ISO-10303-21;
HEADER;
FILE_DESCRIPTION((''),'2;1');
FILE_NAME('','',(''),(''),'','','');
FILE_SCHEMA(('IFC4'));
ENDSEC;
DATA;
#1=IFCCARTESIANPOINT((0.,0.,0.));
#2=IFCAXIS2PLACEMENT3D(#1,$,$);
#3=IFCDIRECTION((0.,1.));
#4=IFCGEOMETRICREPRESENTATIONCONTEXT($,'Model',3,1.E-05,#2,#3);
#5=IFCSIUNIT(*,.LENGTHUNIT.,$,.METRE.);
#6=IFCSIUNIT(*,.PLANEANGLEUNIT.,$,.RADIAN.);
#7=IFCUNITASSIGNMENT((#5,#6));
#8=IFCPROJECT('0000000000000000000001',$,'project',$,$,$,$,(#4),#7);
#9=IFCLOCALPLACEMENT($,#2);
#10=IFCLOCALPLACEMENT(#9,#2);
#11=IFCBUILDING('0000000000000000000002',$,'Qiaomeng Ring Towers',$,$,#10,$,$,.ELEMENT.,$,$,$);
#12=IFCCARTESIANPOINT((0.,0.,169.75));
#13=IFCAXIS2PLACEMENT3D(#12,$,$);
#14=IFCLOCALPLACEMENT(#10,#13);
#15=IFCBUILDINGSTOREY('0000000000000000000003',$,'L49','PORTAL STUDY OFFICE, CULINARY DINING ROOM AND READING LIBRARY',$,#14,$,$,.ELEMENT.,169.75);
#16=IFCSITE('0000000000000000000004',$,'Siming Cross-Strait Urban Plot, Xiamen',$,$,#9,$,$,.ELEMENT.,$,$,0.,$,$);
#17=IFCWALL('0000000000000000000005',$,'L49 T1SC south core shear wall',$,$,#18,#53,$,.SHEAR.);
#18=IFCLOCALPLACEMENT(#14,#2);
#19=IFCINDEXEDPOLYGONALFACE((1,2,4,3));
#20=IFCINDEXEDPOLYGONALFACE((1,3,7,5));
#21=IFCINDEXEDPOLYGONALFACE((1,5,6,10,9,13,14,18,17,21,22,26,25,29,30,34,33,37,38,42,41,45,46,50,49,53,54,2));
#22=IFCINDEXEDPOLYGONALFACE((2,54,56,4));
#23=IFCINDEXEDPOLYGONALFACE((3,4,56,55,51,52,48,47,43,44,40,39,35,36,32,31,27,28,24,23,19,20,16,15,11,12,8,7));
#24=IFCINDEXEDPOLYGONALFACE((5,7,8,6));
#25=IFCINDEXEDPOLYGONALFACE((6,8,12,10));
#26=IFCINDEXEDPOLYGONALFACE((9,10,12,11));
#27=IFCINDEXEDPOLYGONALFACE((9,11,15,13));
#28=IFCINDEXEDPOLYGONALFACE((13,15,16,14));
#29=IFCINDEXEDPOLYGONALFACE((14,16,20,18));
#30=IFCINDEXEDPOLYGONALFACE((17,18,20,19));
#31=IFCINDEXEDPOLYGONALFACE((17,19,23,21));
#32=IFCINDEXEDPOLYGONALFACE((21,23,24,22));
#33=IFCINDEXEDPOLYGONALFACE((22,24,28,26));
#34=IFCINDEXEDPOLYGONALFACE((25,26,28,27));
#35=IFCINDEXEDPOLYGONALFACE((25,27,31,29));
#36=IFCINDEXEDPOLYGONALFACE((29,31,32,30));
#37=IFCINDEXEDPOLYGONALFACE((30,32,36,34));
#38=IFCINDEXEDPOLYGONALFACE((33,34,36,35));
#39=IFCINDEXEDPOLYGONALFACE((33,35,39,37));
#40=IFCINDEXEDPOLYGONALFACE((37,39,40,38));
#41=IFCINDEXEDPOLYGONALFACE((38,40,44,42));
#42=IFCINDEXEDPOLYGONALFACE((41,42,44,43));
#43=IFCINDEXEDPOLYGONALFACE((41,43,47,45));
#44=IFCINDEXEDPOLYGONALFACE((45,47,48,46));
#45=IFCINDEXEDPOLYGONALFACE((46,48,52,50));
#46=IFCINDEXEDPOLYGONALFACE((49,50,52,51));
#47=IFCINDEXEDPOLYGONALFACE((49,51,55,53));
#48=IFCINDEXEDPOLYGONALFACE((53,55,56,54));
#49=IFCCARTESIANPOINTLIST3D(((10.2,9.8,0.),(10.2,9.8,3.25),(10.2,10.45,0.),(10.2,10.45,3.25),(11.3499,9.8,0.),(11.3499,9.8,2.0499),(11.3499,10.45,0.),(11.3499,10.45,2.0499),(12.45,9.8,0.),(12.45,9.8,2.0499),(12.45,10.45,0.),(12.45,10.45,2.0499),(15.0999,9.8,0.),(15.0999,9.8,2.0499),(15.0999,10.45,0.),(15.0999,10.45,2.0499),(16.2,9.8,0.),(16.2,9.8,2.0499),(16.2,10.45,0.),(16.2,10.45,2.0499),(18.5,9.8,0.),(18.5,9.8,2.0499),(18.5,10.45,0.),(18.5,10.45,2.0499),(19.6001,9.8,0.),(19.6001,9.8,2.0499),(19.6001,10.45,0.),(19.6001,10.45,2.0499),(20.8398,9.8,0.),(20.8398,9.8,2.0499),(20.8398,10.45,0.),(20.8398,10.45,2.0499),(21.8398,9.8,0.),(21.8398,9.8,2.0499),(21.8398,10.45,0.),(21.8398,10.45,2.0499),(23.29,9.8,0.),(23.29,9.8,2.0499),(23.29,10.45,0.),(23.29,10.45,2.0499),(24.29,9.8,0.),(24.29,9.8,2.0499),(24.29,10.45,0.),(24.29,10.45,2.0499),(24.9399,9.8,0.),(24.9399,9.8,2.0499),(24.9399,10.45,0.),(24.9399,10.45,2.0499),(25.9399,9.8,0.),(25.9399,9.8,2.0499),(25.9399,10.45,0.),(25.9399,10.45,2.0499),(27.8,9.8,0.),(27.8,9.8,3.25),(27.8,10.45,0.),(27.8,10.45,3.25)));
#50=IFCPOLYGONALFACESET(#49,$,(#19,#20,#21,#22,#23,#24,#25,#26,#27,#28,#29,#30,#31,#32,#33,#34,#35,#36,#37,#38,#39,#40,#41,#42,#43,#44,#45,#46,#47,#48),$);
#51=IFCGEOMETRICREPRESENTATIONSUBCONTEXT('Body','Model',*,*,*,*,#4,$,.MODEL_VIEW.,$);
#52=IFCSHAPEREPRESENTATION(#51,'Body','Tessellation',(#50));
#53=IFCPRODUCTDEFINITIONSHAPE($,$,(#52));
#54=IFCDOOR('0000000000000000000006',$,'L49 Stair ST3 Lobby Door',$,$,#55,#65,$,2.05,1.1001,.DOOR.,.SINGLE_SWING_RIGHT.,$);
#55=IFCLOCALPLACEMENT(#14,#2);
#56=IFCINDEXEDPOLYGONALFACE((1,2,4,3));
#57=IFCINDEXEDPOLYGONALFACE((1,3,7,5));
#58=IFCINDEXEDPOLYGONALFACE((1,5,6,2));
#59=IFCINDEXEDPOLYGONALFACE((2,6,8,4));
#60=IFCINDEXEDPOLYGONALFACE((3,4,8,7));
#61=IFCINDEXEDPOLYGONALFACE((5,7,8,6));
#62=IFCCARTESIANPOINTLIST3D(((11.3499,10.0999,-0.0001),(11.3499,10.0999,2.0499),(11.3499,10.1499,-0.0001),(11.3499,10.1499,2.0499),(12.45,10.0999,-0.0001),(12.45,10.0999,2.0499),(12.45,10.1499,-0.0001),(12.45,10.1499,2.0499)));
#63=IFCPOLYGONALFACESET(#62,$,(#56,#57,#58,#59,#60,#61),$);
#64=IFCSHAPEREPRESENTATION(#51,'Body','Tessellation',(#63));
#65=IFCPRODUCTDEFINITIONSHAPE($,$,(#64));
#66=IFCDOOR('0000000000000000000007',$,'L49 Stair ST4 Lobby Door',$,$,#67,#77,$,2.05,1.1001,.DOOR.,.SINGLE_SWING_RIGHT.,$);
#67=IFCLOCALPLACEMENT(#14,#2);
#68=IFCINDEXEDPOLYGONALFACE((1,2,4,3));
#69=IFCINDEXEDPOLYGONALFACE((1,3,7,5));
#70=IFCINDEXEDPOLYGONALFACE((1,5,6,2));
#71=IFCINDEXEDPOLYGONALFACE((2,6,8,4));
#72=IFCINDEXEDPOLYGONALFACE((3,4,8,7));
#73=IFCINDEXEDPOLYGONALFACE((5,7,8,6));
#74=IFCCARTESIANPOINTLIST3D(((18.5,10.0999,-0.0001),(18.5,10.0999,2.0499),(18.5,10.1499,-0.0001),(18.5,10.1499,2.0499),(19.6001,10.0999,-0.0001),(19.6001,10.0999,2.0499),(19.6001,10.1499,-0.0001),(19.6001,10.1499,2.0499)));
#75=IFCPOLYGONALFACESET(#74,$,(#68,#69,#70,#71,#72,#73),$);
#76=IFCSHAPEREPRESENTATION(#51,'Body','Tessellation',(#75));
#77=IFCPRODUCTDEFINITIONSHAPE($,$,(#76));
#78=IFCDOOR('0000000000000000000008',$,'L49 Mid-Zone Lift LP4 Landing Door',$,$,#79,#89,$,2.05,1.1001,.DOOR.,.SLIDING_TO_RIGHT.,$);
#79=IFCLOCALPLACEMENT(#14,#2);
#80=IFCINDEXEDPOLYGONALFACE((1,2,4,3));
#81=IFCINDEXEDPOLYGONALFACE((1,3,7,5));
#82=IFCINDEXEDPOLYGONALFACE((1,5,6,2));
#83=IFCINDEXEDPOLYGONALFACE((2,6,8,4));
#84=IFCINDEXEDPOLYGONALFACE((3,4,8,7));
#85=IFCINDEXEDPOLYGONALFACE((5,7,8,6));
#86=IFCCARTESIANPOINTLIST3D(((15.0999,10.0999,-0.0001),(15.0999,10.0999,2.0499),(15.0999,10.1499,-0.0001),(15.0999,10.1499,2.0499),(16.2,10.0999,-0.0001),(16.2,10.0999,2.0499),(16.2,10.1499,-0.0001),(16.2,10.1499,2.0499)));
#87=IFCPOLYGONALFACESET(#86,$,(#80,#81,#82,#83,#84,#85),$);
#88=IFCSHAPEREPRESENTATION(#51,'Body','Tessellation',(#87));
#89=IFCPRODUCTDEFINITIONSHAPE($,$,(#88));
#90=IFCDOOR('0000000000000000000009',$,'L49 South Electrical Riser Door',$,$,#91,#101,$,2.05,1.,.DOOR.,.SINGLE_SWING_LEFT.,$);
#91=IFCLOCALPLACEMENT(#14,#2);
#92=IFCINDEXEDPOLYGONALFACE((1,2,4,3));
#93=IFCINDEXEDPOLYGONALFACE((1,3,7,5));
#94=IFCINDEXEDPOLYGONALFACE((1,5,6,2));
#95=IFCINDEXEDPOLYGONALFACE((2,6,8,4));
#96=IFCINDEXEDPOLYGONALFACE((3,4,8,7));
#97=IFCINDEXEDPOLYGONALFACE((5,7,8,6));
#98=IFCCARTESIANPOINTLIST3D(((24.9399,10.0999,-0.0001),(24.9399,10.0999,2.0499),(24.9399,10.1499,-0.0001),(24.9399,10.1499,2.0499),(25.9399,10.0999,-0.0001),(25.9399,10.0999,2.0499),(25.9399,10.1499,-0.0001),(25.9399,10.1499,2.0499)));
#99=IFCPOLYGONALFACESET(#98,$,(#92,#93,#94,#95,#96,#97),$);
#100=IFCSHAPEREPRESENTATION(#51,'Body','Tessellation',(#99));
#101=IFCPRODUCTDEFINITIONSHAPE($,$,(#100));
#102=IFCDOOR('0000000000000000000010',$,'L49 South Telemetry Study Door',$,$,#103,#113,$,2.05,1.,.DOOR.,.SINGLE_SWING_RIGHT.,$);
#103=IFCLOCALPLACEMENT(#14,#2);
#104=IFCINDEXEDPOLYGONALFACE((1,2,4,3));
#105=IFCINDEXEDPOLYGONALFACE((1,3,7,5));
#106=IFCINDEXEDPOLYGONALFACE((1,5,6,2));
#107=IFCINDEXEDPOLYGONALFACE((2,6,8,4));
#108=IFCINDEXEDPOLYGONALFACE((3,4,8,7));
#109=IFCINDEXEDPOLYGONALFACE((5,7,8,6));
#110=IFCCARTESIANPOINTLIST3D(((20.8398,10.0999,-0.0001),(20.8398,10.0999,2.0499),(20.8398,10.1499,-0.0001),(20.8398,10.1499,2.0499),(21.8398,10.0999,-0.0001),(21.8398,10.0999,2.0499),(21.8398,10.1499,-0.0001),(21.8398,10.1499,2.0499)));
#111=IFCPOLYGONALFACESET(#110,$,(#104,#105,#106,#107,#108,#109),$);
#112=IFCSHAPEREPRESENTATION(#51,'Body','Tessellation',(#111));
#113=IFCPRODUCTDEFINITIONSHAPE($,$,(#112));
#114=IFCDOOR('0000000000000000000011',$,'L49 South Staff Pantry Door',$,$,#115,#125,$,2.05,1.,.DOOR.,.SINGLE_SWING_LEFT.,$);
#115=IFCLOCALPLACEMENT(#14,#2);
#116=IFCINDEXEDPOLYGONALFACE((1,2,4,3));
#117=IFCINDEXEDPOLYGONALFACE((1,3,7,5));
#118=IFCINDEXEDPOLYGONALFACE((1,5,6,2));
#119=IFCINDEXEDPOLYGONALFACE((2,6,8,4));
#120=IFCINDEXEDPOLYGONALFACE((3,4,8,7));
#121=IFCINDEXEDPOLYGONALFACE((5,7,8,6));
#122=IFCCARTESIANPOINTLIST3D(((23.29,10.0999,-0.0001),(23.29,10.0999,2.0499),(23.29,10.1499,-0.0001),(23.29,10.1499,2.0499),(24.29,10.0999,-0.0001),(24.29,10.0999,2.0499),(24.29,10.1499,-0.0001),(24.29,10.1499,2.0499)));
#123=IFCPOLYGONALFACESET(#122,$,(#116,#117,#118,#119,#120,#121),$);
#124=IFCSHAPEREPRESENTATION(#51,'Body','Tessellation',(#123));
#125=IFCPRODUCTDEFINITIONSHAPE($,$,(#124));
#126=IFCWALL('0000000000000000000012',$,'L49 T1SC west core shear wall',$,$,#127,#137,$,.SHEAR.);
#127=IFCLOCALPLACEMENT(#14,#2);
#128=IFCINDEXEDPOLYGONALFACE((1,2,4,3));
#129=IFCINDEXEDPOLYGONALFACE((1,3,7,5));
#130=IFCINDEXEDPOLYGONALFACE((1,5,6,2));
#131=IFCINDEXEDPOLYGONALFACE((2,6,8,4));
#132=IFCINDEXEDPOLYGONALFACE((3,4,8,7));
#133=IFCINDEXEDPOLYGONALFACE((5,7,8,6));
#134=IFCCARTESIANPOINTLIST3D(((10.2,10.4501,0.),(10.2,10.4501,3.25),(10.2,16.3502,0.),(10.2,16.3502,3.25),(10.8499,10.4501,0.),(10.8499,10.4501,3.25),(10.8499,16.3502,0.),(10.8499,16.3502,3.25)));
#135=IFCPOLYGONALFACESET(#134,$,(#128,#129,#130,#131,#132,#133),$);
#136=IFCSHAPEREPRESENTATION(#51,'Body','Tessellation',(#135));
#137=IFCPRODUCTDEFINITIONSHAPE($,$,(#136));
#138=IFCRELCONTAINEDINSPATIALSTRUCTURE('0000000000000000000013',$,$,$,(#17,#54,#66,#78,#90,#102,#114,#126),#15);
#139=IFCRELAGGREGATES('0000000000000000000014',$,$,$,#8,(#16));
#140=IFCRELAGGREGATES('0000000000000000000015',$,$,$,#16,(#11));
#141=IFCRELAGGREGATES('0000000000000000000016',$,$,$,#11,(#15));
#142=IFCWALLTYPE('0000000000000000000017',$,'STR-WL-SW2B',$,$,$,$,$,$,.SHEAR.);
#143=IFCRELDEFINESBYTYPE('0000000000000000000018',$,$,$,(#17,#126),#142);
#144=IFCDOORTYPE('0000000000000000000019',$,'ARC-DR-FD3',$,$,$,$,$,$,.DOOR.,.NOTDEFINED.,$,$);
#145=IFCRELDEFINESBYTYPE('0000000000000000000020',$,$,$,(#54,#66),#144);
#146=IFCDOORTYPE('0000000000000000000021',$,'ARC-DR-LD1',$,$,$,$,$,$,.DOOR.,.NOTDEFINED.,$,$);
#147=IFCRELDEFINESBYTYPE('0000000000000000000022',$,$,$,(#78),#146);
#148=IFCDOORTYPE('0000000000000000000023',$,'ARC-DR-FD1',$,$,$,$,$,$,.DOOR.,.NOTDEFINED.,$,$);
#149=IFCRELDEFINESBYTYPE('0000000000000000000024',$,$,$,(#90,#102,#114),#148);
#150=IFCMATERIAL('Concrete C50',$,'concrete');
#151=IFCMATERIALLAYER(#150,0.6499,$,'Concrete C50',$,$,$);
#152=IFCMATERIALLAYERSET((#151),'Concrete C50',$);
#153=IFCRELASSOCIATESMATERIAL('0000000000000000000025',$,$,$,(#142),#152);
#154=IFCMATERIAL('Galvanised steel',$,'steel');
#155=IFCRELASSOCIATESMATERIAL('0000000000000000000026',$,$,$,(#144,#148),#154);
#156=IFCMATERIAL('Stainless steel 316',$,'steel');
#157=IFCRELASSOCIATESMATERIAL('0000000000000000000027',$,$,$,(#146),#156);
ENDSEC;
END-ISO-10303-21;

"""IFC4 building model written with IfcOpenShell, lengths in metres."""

from ifc_helpers import new_model, si_unit, direction, frame, frame_2d, origin, place, context, subcontext, project, spatial, rectangle, extrude, source, transform, mapped, material, layer, layer_set, type_object, element, fill, save


model = new_model("IFC4")

# Units and contexts
model_context = context("Model", 3, precision=1e-05, world=origin(), true_north=direction((0.0, 1.0)))
body_context = subcontext(model_context, "Body", "Model", "MODEL_VIEW")
ifc_project = project(units=[si_unit("LENGTHUNIT", "METRE"), si_unit("PLANEANGLEUNIT", "RADIAN")], contexts=[model_context])

# Site, building, storey
site_placement = place(None, origin())
site = spatial("IfcSite", under=ifc_project, at=site_placement, Name="Siming Cross-Strait Urban Plot, Xiamen", CompositionType="ELEMENT", RefElevation=0.0)
building_placement = place(site_placement, origin())
building = spatial("IfcBuilding", under=site, at=building_placement, Name="Qiaomeng Ring Towers", CompositionType="ELEMENT")
storey_placement = place(building_placement, frame((0.0, 0.0, 169.75)))
storey = spatial("IfcBuildingStorey", under=building, at=storey_placement, Name="L49", Description="PORTAL STUDY OFFICE, CULINARY DINING ROOM AND READING LIBRARY", CompositionType="ELEMENT", Elevation=169.75)

# Shared definitions
shared_shape_1 = source(origin(), body_context, "Body", "SweptSolid", [
    extrude(rectangle(XDim=1.0, YDim=2.05, at=frame_2d((0.5, 1.0249))), frame((0.0, 0.0249, 0.0), z_axis=(0.0, -1.0, 0.0), x_axis=(1.0, 0.0, 0.0)), (0.0, 0.0, 1.0), 0.05),
])

# Wall, openings, doors
ifc_material_1 = material(Name="Concrete C50", Category="concrete")
ifc_layer_1 = layer(ifc_material_1, 0.6499, Name="Concrete C50")
ifc_layer_set_1 = layer_set([ifc_layer_1], Name="Concrete C50")
wall_type_1 = type_object("IfcWallType", Name="STR-WL-SW2B", PredefinedType="SHEAR", material=ifc_layer_set_1)
wall_1_placement = place(storey_placement, frame((10.2, 10.125, 0.0), z_axis=(0.0, 0.0, 1.0), x_axis=(1.0, 0.0, 0.0)))
wall_1 = element("IfcWall", 1, at=wall_1_placement, inside=storey, type_object=wall_type_1, Name="L49 T1SC south core shear wall", PredefinedType="SHEAR", context=body_context, shape_type="SweptSolid", body=[
    extrude(rectangle(XDim=17.6001, YDim=0.6499, at=frame_2d((8.8, 0.0))), origin(), (0.0, 0.0, 1.0), 3.25),
])
opening_1_placement = place(wall_1_placement, frame((1.1499, 0.0, 0.0)))
opening_1 = element("IfcOpeningElement", 2, at=opening_1_placement, cuts=wall_1, PredefinedType="OPENING", context=body_context, shape_type="SweptSolid", body=[
    extrude(rectangle(XDim=1.1001, YDim=2.05, at=frame_2d((0.55, 1.0249))), frame((0.0, 0.335, 0.0), z_axis=(0.0, -1.0, 0.0), x_axis=(1.0, 0.0, 0.0)), (0.0, 0.0, 1.0), 0.6699),
])
opening_2_placement = place(wall_1_placement, frame((8.3, 0.0, 0.0)))
opening_2 = element("IfcOpeningElement", 3, at=opening_2_placement, cuts=wall_1, PredefinedType="OPENING", context=body_context, shape_type="SweptSolid", body=[
    extrude(rectangle(XDim=1.1001, YDim=2.05, at=frame_2d((0.55, 1.0249))), frame((0.0, 0.335, 0.0), z_axis=(0.0, -1.0, 0.0), x_axis=(1.0, 0.0, 0.0)), (0.0, 0.0, 1.0), 0.6699),
])
opening_3_placement = place(wall_1_placement, frame((4.8999, 0.0, 0.0)))
opening_3 = element("IfcOpeningElement", 4, at=opening_3_placement, cuts=wall_1, PredefinedType="OPENING", context=body_context, shape_type="SweptSolid", body=[
    extrude(rectangle(XDim=1.1001, YDim=2.05, at=frame_2d((0.55, 1.0249))), frame((0.0, 0.335, 0.0), z_axis=(0.0, -1.0, 0.0), x_axis=(1.0, 0.0, 0.0)), (0.0, 0.0, 1.0), 0.6699),
])
opening_4_placement = place(wall_1_placement, frame((14.74, 0.0, 0.0)))
opening_4 = element("IfcOpeningElement", 5, at=opening_4_placement, cuts=wall_1, PredefinedType="OPENING", context=body_context, shape_type="SweptSolid", body=[
    extrude(rectangle(XDim=1.0, YDim=2.05, at=frame_2d((0.5, 1.0249))), frame((0.0, 0.335, 0.0), z_axis=(0.0, -1.0, 0.0), x_axis=(1.0, 0.0, 0.0)), (0.0, 0.0, 1.0), 0.6699),
])
opening_5_placement = place(wall_1_placement, frame((10.6399, 0.0, 0.0)))
opening_5 = element("IfcOpeningElement", 6, at=opening_5_placement, cuts=wall_1, PredefinedType="OPENING", context=body_context, shape_type="SweptSolid", body=[
    extrude(rectangle(XDim=1.0, YDim=2.05, at=frame_2d((0.5, 1.0249))), frame((0.0, 0.335, 0.0), z_axis=(0.0, -1.0, 0.0), x_axis=(1.0, 0.0, 0.0)), (0.0, 0.0, 1.0), 0.6699),
])
opening_6_placement = place(wall_1_placement, frame((13.0901, 0.0, 0.0)))
opening_6 = element("IfcOpeningElement", 7, at=opening_6_placement, cuts=wall_1, PredefinedType="OPENING", context=body_context, shape_type="SweptSolid", body=[
    extrude(rectangle(XDim=1.0, YDim=2.05, at=frame_2d((0.5, 1.0249))), frame((0.0, 0.335, 0.0), z_axis=(0.0, -1.0, 0.0), x_axis=(1.0, 0.0, 0.0)), (0.0, 0.0, 1.0), 0.6699),
])
ifc_material_2 = material(Name="Galvanised steel", Category="steel")
door_type_1 = type_object("IfcDoorType", Name="ARC-DR-FD3", OperationType="NOTDEFINED", PredefinedType="DOOR", material=ifc_material_2)
shared_shape_2 = source(origin(), body_context, "Body", "SweptSolid", [
    extrude(rectangle(XDim=1.1001, YDim=2.05, at=frame_2d((0.55, 1.0249))), frame((0.0, 0.0249, 0.0), z_axis=(0.0, -1.0, 0.0), x_axis=(1.0, 0.0, 0.0)), (0.0, 0.0, 1.0), 0.05),
])
door_1_placement = place(opening_1_placement, origin())
door_1 = element("IfcDoor", 8, at=door_1_placement, inside=storey, type_object=door_type_1, Name="L49 Stair ST3 Lobby Door", OperationType="SINGLE_SWING_RIGHT", OverallHeight=2.05, OverallWidth=1.1001, PredefinedType="DOOR", context=body_context, shape_type="MappedRepresentation", body=[
    mapped(shared_shape_2, transform((0.0, 0.0, 0.0), x_axis=(1.0, 0.0, 0.0), y_axis=(0.0, 1.0, 0.0), z_axis=(0.0, 0.0, 1.0), scale=1.0)),
])
fill(opening_1, door_1)
door_2_placement = place(opening_2_placement, origin())
door_2 = element("IfcDoor", 9, at=door_2_placement, inside=storey, type_object=door_type_1, Name="L49 Stair ST4 Lobby Door", OperationType="SINGLE_SWING_RIGHT", OverallHeight=2.05, OverallWidth=1.1001, PredefinedType="DOOR", context=body_context, shape_type="MappedRepresentation", body=[
    mapped(shared_shape_2, transform((0.0, 0.0, 0.0), x_axis=(1.0, 0.0, 0.0), y_axis=(0.0, 1.0, 0.0), z_axis=(0.0, 0.0, 1.0), scale=1.0)),
])
fill(opening_2, door_2)
ifc_material_3 = material(Name="Stainless steel 316", Category="steel")
door_type_2 = type_object("IfcDoorType", Name="ARC-DR-LD1", OperationType="NOTDEFINED", PredefinedType="DOOR", material=ifc_material_3)
door_3_placement = place(opening_3_placement, origin())
door_3 = element("IfcDoor", 10, at=door_3_placement, inside=storey, type_object=door_type_2, Name="L49 Mid-Zone Lift LP4 Landing Door", OperationType="SLIDING_TO_RIGHT", OverallHeight=2.05, OverallWidth=1.1001, PredefinedType="DOOR", context=body_context, shape_type="MappedRepresentation", body=[
    mapped(shared_shape_2, transform((0.0, 0.0, 0.0), x_axis=(1.0, 0.0, 0.0), y_axis=(0.0, 1.0, 0.0), z_axis=(0.0, 0.0, 1.0), scale=1.0)),
])
fill(opening_3, door_3)
door_type_3 = type_object("IfcDoorType", Name="ARC-DR-FD1", OperationType="NOTDEFINED", PredefinedType="DOOR", material=ifc_material_2)
door_4_placement = place(opening_4_placement, origin())
door_4 = element("IfcDoor", 11, at=door_4_placement, inside=storey, type_object=door_type_3, Name="L49 South Electrical Riser Door", OperationType="SINGLE_SWING_LEFT", OverallHeight=2.05, OverallWidth=1.0, PredefinedType="DOOR", context=body_context, shape_type="MappedRepresentation", body=[
    mapped(shared_shape_1, transform((0.0, 0.0, 0.0), x_axis=(1.0, 0.0, 0.0), y_axis=(0.0, 1.0, 0.0), z_axis=(0.0, 0.0, 1.0), scale=1.0)),
])
fill(opening_4, door_4)
door_5_placement = place(opening_5_placement, origin())
door_5 = element("IfcDoor", 12, at=door_5_placement, inside=storey, type_object=door_type_3, Name="L49 South Telemetry Study Door", OperationType="SINGLE_SWING_RIGHT", OverallHeight=2.05, OverallWidth=1.0, PredefinedType="DOOR", context=body_context, shape_type="MappedRepresentation", body=[
    mapped(shared_shape_1, transform((0.0, 0.0, 0.0), x_axis=(1.0, 0.0, 0.0), y_axis=(0.0, 1.0, 0.0), z_axis=(0.0, 0.0, 1.0), scale=1.0)),
])
fill(opening_5, door_5)
door_6_placement = place(opening_6_placement, origin())
door_6 = element("IfcDoor", 13, at=door_6_placement, inside=storey, type_object=door_type_3, Name="L49 South Staff Pantry Door", OperationType="SINGLE_SWING_LEFT", OverallHeight=2.05, OverallWidth=1.0, PredefinedType="DOOR", context=body_context, shape_type="MappedRepresentation", body=[
    mapped(shared_shape_1, transform((0.0, 0.0, 0.0), x_axis=(1.0, 0.0, 0.0), y_axis=(0.0, 1.0, 0.0), z_axis=(0.0, 0.0, 1.0), scale=1.0)),
])
fill(opening_6, door_6)

# Wall
wall_2_placement = place(storey_placement, frame((10.5249, 10.45, 0.0), z_axis=(0.0, 0.0, 1.0), x_axis=(0.0, 1.0, 0.0)))
element("IfcWall", 14, at=wall_2_placement, inside=storey, type_object=wall_type_1, Name="L49 T1SC west core shear wall", PredefinedType="SHEAR", context=body_context, shape_type="SweptSolid", body=[
    extrude(rectangle(XDim=5.9001, YDim=0.6499, at=frame_2d((2.9502, 0.0))), origin(), (0.0, 0.0, 1.0), 3.25),
])

save(model, "model.ifc")
